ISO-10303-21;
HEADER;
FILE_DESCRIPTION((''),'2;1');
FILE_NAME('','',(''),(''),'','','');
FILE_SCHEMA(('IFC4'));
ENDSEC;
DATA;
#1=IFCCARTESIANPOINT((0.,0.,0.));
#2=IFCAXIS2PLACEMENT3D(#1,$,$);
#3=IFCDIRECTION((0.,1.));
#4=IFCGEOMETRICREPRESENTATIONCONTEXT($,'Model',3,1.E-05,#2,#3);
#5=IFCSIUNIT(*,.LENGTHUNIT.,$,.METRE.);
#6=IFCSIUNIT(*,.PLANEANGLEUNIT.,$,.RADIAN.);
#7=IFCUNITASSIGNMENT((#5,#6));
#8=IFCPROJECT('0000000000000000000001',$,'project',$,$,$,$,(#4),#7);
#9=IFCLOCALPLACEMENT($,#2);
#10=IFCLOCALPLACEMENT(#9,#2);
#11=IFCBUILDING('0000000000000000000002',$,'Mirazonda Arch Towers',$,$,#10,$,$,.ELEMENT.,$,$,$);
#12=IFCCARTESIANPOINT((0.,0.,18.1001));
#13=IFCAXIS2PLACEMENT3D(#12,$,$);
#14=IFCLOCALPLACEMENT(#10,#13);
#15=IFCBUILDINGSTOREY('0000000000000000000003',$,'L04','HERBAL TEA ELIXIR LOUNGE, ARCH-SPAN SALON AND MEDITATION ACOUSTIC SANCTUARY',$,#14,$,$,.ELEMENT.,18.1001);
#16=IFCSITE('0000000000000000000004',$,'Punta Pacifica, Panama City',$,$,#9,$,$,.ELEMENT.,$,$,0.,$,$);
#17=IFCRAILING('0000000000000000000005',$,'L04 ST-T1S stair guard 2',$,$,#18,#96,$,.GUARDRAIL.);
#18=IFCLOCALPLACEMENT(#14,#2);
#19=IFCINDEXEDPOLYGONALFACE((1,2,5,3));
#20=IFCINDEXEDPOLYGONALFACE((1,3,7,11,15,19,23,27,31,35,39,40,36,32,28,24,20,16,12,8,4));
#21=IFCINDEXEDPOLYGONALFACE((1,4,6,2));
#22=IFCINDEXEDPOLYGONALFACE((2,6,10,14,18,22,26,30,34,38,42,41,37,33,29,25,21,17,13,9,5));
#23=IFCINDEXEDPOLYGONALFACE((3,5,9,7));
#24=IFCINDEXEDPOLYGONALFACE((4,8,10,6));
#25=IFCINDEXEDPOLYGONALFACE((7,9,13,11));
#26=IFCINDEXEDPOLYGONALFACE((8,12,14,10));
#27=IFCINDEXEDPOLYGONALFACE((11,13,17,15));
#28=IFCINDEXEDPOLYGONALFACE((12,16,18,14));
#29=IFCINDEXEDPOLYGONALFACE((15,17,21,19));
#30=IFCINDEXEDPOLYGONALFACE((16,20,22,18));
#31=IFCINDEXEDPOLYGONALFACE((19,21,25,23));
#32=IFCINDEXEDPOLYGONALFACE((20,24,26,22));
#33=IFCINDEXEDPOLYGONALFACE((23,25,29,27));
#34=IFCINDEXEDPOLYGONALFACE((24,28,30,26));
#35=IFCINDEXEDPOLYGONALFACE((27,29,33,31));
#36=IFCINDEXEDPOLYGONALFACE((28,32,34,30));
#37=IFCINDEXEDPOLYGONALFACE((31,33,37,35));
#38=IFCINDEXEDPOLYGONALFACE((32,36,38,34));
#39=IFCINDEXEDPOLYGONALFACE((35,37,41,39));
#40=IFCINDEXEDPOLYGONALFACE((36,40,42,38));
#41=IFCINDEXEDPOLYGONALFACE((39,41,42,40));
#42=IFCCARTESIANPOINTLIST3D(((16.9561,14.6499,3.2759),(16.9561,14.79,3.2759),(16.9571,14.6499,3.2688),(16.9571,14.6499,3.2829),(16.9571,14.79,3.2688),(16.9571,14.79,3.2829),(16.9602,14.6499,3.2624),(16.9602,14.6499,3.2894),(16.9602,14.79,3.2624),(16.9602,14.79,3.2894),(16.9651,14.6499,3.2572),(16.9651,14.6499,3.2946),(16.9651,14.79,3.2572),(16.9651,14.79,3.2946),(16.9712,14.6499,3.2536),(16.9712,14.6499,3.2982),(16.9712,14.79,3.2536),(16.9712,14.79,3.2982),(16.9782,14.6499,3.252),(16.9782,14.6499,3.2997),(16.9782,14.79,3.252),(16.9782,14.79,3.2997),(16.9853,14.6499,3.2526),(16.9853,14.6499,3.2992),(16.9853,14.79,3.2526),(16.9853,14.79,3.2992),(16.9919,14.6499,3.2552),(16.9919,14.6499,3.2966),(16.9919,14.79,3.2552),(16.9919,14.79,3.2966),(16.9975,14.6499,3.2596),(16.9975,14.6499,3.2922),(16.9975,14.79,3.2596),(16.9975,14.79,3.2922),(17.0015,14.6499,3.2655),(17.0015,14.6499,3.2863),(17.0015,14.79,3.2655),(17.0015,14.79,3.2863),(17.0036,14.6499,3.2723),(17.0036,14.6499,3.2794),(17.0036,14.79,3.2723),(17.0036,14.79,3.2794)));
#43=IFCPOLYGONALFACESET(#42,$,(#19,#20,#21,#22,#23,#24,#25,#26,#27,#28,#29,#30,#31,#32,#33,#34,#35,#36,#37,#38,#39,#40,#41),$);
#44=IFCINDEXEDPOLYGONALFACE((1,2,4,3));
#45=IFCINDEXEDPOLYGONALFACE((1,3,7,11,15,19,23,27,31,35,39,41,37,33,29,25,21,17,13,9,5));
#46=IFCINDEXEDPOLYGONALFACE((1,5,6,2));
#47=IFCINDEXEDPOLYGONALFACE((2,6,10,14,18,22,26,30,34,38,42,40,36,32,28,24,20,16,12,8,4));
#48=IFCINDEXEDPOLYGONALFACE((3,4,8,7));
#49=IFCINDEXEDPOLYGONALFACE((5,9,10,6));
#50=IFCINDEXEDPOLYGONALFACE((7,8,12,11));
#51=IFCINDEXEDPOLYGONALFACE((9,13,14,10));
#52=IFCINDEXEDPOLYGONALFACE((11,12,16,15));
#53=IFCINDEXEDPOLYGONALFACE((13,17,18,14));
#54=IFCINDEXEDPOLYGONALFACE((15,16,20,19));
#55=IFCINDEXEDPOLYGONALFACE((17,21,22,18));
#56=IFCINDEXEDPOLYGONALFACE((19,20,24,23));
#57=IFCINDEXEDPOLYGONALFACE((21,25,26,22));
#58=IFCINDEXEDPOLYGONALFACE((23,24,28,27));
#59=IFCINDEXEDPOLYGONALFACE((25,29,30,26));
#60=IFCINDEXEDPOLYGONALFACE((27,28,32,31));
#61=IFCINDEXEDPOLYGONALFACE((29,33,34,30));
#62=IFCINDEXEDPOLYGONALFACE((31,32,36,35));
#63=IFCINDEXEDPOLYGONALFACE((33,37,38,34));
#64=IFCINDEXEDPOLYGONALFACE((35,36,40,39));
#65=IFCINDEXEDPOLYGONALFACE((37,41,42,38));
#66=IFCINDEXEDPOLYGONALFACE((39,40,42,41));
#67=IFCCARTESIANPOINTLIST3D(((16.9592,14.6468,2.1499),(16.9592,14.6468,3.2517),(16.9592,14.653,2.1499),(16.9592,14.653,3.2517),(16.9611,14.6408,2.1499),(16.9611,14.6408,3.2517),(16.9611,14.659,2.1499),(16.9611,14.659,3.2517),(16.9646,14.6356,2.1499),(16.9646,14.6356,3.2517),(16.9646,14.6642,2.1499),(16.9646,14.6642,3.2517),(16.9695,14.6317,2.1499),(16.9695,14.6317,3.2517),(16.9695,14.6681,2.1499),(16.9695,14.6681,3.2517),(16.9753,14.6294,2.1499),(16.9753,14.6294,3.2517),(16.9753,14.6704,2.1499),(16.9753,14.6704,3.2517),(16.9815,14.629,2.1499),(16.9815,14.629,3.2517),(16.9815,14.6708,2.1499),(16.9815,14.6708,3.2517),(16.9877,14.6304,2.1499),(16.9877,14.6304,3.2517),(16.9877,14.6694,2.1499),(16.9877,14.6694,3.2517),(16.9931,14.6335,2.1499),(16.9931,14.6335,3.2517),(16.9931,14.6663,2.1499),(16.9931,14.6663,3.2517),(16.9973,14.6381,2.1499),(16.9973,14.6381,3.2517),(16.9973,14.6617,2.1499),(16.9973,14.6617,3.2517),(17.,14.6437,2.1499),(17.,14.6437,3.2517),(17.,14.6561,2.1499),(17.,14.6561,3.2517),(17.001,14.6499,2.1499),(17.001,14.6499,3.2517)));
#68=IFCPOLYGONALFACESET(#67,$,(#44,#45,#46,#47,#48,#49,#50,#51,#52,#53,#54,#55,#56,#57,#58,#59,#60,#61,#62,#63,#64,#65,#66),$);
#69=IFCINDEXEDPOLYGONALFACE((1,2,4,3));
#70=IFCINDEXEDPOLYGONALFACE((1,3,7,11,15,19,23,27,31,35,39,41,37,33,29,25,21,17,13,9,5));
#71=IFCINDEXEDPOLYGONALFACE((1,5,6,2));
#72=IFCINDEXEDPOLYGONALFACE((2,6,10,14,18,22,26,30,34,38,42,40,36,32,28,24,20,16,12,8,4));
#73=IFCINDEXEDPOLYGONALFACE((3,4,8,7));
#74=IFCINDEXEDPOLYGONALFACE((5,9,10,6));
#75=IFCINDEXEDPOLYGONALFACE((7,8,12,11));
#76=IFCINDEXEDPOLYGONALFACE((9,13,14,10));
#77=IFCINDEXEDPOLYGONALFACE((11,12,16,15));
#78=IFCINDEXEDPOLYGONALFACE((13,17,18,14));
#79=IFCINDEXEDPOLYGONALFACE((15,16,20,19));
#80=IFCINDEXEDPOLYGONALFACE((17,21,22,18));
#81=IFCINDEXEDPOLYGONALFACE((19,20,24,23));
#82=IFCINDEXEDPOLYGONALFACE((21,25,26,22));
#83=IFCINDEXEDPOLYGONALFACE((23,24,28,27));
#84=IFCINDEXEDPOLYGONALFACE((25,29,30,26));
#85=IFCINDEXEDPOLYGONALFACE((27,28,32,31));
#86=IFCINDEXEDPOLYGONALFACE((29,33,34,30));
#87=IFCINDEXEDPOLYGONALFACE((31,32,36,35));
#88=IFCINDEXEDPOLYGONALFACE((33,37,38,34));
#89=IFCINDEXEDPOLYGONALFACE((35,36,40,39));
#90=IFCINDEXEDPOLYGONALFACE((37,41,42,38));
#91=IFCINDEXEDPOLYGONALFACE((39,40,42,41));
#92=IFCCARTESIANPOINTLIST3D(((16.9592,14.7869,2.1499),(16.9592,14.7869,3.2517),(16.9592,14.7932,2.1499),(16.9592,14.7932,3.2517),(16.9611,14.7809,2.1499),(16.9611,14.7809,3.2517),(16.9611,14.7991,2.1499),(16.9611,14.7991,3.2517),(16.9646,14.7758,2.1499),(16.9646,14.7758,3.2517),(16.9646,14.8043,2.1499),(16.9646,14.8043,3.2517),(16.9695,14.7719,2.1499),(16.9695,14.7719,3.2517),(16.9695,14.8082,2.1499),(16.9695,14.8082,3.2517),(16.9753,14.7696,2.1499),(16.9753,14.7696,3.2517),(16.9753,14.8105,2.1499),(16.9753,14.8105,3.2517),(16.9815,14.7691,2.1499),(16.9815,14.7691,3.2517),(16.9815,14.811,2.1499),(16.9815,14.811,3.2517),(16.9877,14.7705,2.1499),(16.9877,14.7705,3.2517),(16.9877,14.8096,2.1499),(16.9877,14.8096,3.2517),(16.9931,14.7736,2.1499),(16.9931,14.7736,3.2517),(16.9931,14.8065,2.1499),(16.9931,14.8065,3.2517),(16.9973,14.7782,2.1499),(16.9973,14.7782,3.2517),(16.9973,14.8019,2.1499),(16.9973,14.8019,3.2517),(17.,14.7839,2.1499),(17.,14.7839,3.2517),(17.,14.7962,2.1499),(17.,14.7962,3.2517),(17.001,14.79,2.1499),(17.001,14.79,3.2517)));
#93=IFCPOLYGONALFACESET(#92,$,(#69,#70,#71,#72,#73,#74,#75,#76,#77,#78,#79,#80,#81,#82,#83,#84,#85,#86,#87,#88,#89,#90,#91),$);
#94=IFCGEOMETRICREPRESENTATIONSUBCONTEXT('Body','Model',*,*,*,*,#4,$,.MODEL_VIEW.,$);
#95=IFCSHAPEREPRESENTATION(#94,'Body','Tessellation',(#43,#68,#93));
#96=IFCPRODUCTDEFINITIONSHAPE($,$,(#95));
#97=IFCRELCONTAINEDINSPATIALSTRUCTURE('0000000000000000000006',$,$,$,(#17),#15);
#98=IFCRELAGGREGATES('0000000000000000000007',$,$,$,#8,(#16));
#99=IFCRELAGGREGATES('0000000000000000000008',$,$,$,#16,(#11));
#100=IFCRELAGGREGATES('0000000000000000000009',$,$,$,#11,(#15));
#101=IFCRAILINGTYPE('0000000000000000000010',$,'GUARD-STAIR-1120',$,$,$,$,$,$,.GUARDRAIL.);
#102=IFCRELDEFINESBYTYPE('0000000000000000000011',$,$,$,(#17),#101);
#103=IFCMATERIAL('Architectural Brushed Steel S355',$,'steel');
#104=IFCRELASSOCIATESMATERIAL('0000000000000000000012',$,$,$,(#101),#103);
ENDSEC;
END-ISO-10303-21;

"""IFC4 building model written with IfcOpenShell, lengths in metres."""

from ifc_helpers import new_model, si_unit, direction, frame, origin, origin_2d, place, context, subcontext, project, spatial, circle, extrude, material, type_object, element, save


model = new_model("IFC4")

# Units and contexts
model_context = context("Model", 3, precision=1e-05, world=origin(), true_north=direction((0.0, 1.0)))
body_context = subcontext(model_context, "Body", "Model", "MODEL_VIEW")
ifc_project = project(units=[si_unit("LENGTHUNIT", "METRE"), si_unit("PLANEANGLEUNIT", "RADIAN")], contexts=[model_context])

# Site, building, storey
site_placement = place(None, origin())
site = spatial("IfcSite", under=ifc_project, at=site_placement, Name="Punta Pacifica, Panama City", CompositionType="ELEMENT", RefElevation=0.0)
building_placement = place(site_placement, origin())
building = spatial("IfcBuilding", under=site, at=building_placement, Name="Mirazonda Arch Towers", CompositionType="ELEMENT")
storey_placement = place(building_placement, frame((0.0, 0.0, 18.1001)))
storey = spatial("IfcBuildingStorey", under=building, at=storey_placement, Name="L04", Description="HERBAL TEA ELIXIR LOUNGE, ARCH-SPAN SALON AND MEDITATION ACOUSTIC SANCTUARY", CompositionType="ELEMENT", Elevation=18.1001)

# Shared definitions
ifc_material_1 = material(Name="Architectural Brushed Steel S355", Category="steel")

# Railing
railing_type_1 = type_object("IfcRailingType", Name="GUARD-STAIR-1120", PredefinedType="GUARDRAIL", material=ifc_material_1)
railing_1_placement = place(storey_placement, frame((16.98, 14.6499, 2.1499)))
element("IfcRailing", 1, at=railing_1_placement, inside=storey, type_object=railing_type_1, Name="L04 ST-T1S stair guard 2", PredefinedType="GUARDRAIL", context=body_context, shape_type="SweptSolid", body=[
    extrude(circle(Radius=0.0239, at=origin_2d()), frame((0.0, 0.0, 1.126), z_axis=(0.0, 1.0, 0.0), x_axis=(-1.0, 0.0, 0.0)), (0.0, 0.0, 1.0), 0.1401),
    extrude(circle(Radius=0.021, at=origin_2d()), origin(), (0.0, 0.0, 1.0), 1.1018),
    extrude(circle(Radius=0.021, at=origin_2d()), frame((0.0, 0.1401, 0.0)), (0.0, 0.0, 1.0), 1.1018),
])

save(model, "model.ifc")
